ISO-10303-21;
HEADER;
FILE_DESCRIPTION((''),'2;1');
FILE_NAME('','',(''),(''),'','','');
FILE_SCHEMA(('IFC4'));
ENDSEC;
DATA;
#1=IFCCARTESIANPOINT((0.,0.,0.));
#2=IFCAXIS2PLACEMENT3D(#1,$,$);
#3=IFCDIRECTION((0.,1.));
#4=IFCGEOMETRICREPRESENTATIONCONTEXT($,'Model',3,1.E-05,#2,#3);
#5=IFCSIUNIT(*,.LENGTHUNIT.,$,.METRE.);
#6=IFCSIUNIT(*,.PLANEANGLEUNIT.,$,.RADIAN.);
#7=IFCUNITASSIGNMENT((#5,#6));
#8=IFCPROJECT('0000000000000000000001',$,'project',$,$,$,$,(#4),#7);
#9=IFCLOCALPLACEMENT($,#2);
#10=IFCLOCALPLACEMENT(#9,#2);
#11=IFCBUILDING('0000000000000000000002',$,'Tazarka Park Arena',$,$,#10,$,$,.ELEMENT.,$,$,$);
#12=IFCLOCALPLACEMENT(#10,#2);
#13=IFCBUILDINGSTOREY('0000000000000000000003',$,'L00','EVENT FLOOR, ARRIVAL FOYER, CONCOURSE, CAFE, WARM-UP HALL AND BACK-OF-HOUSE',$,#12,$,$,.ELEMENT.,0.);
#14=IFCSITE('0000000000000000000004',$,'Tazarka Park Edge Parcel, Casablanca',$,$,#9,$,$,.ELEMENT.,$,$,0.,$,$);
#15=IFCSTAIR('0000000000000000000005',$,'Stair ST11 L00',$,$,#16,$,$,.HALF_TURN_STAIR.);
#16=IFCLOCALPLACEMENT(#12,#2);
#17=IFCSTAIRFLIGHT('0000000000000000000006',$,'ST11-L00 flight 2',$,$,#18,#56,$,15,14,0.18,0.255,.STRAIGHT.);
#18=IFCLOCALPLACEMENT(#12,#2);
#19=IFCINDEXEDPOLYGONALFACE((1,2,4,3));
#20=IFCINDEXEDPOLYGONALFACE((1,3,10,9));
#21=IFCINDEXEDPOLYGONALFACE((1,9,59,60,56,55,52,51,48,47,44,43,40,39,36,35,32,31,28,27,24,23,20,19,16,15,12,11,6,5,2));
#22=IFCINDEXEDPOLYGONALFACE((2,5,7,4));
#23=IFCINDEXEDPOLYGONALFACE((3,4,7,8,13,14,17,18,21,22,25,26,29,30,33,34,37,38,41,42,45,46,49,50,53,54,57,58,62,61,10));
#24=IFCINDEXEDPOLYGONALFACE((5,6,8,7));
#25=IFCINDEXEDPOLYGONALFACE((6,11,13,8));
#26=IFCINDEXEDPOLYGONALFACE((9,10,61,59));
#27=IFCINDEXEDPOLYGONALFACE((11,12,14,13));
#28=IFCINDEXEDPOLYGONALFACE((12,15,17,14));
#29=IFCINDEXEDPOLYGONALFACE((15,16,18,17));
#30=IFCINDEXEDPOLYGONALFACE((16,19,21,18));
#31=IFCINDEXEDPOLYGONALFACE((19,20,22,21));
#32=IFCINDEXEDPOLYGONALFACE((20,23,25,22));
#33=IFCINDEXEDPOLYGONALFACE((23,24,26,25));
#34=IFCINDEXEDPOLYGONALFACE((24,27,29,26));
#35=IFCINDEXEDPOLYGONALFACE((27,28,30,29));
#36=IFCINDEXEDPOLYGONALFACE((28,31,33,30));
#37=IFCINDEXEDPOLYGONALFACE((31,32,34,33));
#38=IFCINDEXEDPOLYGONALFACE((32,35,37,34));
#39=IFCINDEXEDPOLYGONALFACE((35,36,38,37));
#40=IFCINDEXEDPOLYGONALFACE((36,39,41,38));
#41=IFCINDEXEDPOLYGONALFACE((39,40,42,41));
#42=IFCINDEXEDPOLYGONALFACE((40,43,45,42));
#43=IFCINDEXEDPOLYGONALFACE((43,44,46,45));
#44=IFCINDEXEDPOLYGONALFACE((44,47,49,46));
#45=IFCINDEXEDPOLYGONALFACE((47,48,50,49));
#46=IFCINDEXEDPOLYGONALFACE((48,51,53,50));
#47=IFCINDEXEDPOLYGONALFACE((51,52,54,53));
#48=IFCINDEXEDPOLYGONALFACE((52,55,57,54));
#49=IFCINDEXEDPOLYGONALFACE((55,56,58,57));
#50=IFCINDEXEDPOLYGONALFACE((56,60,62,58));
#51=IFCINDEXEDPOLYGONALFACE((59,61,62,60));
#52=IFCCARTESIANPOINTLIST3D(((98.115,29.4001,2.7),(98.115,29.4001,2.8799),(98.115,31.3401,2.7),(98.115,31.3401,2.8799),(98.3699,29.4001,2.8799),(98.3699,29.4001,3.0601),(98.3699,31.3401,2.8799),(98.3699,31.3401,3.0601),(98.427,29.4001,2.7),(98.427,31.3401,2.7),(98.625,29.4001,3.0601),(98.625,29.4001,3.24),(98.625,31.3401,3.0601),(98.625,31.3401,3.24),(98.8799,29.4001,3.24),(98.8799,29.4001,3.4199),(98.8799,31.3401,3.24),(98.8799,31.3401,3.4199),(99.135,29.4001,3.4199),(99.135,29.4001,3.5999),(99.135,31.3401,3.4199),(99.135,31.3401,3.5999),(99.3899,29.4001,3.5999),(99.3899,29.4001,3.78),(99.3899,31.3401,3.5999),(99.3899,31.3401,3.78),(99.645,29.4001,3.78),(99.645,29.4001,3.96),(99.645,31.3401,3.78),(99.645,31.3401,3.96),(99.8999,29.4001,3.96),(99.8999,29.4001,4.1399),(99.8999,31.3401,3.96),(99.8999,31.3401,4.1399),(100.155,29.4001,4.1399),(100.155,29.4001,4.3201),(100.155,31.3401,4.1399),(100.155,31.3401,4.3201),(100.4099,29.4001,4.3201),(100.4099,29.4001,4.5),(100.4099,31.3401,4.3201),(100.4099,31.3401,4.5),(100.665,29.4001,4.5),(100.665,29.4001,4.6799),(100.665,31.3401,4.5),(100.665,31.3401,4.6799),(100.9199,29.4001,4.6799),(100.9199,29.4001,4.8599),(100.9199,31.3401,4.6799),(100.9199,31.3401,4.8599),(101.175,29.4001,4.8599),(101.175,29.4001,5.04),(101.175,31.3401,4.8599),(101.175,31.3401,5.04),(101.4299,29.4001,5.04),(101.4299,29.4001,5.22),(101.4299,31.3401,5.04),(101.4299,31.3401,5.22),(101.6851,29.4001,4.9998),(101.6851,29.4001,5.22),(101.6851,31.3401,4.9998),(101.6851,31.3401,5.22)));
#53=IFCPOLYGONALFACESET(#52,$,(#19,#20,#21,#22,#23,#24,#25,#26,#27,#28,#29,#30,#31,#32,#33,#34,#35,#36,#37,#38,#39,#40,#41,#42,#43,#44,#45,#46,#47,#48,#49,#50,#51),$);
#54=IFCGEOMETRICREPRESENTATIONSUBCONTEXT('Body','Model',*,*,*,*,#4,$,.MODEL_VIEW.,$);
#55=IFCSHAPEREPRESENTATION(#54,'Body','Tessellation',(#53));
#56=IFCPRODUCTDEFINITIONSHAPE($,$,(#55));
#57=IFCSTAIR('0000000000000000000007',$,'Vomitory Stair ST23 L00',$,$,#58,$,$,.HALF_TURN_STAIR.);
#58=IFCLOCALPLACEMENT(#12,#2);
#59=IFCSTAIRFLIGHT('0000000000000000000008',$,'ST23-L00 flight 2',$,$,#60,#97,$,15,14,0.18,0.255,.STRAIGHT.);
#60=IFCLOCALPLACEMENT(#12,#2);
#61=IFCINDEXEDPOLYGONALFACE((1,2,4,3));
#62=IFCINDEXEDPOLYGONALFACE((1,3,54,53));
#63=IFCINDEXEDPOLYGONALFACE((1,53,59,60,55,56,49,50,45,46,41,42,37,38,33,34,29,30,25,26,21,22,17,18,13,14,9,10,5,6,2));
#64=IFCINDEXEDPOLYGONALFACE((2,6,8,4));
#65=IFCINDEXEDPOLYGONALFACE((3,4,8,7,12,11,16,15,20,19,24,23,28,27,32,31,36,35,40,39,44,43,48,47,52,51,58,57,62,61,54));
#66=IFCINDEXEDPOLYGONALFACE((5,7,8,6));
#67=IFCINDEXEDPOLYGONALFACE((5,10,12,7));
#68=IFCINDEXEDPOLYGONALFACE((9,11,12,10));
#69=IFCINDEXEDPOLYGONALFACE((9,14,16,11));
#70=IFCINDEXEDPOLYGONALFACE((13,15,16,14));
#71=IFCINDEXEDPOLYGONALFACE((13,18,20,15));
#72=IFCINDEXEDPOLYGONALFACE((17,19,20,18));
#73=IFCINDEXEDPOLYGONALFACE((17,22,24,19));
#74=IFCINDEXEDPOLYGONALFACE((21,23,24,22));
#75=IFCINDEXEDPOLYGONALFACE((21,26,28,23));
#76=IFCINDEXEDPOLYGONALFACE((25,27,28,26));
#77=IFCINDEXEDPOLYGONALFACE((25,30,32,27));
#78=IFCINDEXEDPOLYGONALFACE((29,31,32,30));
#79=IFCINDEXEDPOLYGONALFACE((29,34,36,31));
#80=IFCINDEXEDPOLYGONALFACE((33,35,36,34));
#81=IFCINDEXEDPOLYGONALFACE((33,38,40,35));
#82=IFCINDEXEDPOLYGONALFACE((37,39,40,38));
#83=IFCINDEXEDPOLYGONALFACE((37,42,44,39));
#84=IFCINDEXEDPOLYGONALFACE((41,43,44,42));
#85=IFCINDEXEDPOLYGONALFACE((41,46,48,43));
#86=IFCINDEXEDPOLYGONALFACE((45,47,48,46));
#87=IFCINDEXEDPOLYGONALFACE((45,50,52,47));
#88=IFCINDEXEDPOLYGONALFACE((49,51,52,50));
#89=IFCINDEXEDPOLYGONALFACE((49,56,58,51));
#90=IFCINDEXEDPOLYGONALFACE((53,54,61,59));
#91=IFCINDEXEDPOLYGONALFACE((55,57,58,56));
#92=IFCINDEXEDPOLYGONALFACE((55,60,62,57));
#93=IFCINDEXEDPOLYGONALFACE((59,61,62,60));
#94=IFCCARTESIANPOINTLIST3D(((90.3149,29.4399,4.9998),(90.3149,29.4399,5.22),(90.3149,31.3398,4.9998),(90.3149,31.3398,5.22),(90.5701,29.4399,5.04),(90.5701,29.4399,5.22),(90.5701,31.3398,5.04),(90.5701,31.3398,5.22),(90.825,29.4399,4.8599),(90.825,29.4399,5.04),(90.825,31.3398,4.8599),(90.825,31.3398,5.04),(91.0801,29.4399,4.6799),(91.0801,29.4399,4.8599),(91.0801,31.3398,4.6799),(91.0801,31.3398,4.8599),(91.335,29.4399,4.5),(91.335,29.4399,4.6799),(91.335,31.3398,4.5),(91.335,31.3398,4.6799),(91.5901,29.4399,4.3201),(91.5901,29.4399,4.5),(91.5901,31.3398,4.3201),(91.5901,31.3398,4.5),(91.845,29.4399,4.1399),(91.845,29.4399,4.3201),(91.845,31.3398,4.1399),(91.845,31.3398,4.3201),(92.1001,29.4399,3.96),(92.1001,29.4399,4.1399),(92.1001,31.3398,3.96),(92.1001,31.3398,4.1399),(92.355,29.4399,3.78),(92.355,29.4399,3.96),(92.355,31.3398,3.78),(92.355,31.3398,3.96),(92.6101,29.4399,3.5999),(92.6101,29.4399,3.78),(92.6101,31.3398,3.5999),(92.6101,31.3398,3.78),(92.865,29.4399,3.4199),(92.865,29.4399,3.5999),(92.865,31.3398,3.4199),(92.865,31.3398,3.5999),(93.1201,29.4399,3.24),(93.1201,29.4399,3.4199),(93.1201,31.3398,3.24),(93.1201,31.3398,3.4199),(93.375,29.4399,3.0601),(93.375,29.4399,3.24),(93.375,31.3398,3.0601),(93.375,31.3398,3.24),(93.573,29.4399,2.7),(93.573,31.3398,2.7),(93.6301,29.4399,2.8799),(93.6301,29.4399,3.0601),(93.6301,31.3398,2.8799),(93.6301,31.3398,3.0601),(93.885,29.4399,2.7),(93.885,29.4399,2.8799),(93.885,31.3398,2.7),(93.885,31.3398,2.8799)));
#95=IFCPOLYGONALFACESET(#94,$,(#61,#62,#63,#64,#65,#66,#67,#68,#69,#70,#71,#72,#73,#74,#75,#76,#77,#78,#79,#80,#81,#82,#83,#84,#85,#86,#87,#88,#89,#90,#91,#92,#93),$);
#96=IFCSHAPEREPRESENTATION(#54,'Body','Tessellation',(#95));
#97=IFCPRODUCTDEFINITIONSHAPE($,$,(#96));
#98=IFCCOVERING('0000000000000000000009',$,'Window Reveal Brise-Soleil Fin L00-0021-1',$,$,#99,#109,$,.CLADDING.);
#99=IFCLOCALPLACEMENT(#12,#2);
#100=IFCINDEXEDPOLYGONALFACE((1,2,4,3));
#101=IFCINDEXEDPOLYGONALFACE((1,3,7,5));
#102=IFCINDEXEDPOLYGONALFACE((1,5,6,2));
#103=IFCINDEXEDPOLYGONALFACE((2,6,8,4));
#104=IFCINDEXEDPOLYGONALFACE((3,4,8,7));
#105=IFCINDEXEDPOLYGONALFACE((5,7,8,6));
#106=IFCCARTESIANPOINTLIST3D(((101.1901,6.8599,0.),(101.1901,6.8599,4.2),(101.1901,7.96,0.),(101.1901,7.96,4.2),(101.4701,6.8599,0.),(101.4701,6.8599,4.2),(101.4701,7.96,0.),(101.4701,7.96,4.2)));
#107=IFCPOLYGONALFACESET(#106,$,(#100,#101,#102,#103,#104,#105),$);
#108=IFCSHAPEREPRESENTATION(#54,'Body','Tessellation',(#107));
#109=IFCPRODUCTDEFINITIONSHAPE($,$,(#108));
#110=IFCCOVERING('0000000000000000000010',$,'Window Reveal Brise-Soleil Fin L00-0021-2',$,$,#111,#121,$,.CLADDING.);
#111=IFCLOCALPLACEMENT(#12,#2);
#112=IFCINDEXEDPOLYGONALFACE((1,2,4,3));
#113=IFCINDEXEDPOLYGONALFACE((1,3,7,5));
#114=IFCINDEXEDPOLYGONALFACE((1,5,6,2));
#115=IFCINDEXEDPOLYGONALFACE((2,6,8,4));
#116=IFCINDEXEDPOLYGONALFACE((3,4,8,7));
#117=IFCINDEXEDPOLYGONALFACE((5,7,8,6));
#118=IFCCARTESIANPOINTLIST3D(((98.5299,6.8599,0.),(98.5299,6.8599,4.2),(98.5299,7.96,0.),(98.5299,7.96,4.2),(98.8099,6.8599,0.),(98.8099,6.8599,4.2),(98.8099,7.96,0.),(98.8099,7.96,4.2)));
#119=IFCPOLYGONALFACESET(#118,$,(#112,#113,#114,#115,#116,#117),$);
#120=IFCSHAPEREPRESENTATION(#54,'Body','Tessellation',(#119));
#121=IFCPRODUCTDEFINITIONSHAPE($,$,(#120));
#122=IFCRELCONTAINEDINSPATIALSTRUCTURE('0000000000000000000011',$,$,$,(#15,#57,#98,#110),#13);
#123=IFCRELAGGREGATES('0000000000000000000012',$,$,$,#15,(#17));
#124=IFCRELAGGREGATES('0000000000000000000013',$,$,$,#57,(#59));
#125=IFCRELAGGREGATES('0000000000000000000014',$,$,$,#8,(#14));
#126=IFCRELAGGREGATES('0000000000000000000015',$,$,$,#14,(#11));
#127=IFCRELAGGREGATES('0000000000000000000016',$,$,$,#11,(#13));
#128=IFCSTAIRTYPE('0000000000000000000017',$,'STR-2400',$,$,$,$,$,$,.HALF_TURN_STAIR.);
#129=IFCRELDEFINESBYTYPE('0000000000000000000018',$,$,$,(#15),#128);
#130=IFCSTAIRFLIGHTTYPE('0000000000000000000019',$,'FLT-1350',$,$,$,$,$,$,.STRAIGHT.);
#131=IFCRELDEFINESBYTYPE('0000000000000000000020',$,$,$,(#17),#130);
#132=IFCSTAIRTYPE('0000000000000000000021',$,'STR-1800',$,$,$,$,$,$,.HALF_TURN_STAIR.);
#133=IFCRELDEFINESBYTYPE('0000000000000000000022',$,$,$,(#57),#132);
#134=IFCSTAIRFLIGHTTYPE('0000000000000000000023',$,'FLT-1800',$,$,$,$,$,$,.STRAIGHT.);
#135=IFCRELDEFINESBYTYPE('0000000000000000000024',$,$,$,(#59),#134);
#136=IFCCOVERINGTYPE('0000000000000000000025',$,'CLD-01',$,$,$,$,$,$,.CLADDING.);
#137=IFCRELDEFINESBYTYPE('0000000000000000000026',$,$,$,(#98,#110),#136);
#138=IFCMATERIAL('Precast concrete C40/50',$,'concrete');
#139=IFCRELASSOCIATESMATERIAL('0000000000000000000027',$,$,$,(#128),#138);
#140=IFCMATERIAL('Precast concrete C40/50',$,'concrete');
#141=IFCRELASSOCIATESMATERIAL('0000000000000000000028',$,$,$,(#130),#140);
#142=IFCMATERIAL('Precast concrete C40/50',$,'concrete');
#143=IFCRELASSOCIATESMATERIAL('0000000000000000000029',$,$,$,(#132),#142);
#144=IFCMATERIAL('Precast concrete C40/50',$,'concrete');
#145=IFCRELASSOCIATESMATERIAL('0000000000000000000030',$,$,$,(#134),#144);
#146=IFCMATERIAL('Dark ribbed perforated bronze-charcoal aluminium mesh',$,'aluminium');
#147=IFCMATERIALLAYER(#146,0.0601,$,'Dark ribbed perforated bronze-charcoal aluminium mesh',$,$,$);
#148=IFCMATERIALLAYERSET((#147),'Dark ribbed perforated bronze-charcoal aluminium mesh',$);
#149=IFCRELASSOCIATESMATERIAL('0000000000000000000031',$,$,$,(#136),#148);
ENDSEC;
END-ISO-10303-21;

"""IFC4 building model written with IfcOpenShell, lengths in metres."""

from ifc_helpers import new_model, si_unit, direction, frame, origin, origin_2d, place, context, subcontext, project, spatial, polyline, rectangle, outline, extrude, material, layer, layer_set, type_object, element, aggregate, save


model = new_model("IFC4")

# Units and contexts
model_context = context("Model", 3, precision=1e-05, world=origin(), true_north=direction((0.0, 1.0)))
body_context = subcontext(model_context, "Body", "Model", "MODEL_VIEW")
ifc_project = project(units=[si_unit("LENGTHUNIT", "METRE"), si_unit("PLANEANGLEUNIT", "RADIAN")], contexts=[model_context])

# Site, building, storey
site_placement = place(None, origin())
site = spatial("IfcSite", under=ifc_project, at=site_placement, Name="Tazarka Park Edge Parcel, Casablanca", CompositionType="ELEMENT", RefElevation=0.0)
building_placement = place(site_placement, origin())
building = spatial("IfcBuilding", under=site, at=building_placement, Name="Tazarka Park Arena", CompositionType="ELEMENT")
storey_placement = place(building_placement, origin())
storey = spatial("IfcBuildingStorey", under=building, at=storey_placement, Name="L00", Description="EVENT FLOOR, ARRIVAL FOYER, CONCOURSE, CAFE, WARM-UP HALL AND BACK-OF-HOUSE", CompositionType="ELEMENT", Elevation=0.0)

# Stair, stair flight
ifc_material_1 = material(Name="Precast concrete C40/50", Category="concrete")
stair_type_1 = type_object("IfcStairType", Name="STR-2400", PredefinedType="HALF_TURN_STAIR", material=ifc_material_1)
stair_1_placement = place(storey_placement, origin())
stair_1 = element("IfcStair", 1, at=stair_1_placement, inside=storey, type_object=stair_type_1, Name="Stair ST11 L00", PredefinedType="HALF_TURN_STAIR")
ifc_material_2 = material(Name="Precast concrete C40/50", Category="concrete")
stair_flight_type_1 = type_object("IfcStairFlightType", Name="FLT-1350", PredefinedType="STRAIGHT", material=ifc_material_2)
stair_flight_1_placement = place(storey_placement, frame((98.115, 30.3701, 2.7), z_axis=(0.0, 0.0, 1.0), x_axis=(1.0, 0.0, 0.0)))
stair_flight_1 = element("IfcStairFlight", 2, at=stair_flight_1_placement, type_object=stair_flight_type_1, Name="ST11-L00 flight 2", NumberOfRisers=15, NumberOfTreads=14, PredefinedType="STRAIGHT", RiserHeight=0.18, TreadLength=0.255, context=body_context, shape_type="SweptSolid", body=[
    extrude(outline(polyline([(0.0, 0.0), (0.0, 0.1799), (0.2549, 0.1799), (0.2549, 0.3601), (0.51, 0.3601), (0.51, 0.54), (0.7649, 0.54), (0.7649, 0.72), (1.02, 0.72), (1.02, 0.8999), (1.2749, 0.8999), (1.2749, 1.0801), (1.53, 1.0801), (1.53, 1.26), (1.7849, 1.26), (1.7849, 1.4399), (2.04, 1.4399), (2.04, 1.6201), (2.2949, 1.6201), (2.2949, 1.8), (2.55, 1.8), (2.55, 1.98), (2.8049, 1.98), (2.8049, 2.1599), (3.0601, 2.1599), (3.0601, 2.3401), (3.3149, 2.3401), (3.3149, 2.52), (3.5701, 2.52), (3.5701, 2.7), (3.5701, 2.2998), (0.312, 0.0), (0.0, 0.0)])), frame((0.0, 0.97, 0.0), z_axis=(0.0, -1.0, 0.0), x_axis=(1.0, 0.0, 0.0)), (0.0, 0.0, 1.0), 1.9399),
])
aggregate(stair_1, [stair_flight_1])

# Stair, stair flight
ifc_material_3 = material(Name="Precast concrete C40/50", Category="concrete")
stair_type_2 = type_object("IfcStairType", Name="STR-1800", PredefinedType="HALF_TURN_STAIR", material=ifc_material_3)
stair_2_placement = place(storey_placement, origin())
stair_2 = element("IfcStair", 3, at=stair_2_placement, inside=storey, type_object=stair_type_2, Name="Vomitory Stair ST23 L00", PredefinedType="HALF_TURN_STAIR")
ifc_material_4 = material(Name="Precast concrete C40/50", Category="concrete")
stair_flight_type_2 = type_object("IfcStairFlightType", Name="FLT-1800", PredefinedType="STRAIGHT", material=ifc_material_4)
stair_flight_2_placement = place(storey_placement, frame((93.885, 30.3899, 2.7), z_axis=(0.0, 0.0, 1.0), x_axis=(-1.0, 0.0, 0.0)))
stair_flight_2 = element("IfcStairFlight", 4, at=stair_flight_2_placement, type_object=stair_flight_type_2, Name="ST23-L00 flight 2", NumberOfRisers=15, NumberOfTreads=14, PredefinedType="STRAIGHT", RiserHeight=0.18, TreadLength=0.255, context=body_context, shape_type="SweptSolid", body=[
    extrude(outline(polyline([(0.0, 0.0), (0.0, 0.1799), (0.2549, 0.1799), (0.2549, 0.3601), (0.51, 0.3601), (0.51, 0.54), (0.7649, 0.54), (0.7649, 0.72), (1.02, 0.72), (1.02, 0.8999), (1.2749, 0.8999), (1.2749, 1.0801), (1.53, 1.0801), (1.53, 1.26), (1.7849, 1.26), (1.7849, 1.4399), (2.04, 1.4399), (2.04, 1.6201), (2.2949, 1.6201), (2.2949, 1.8), (2.55, 1.8), (2.55, 1.98), (2.8049, 1.98), (2.8049, 2.1599), (3.0601, 2.1599), (3.0601, 2.3401), (3.3149, 2.3401), (3.3149, 2.52), (3.5701, 2.52), (3.5701, 2.7), (3.5701, 2.2998), (0.312, 0.0), (0.0, 0.0)])), frame((0.0, 0.95, 0.0), z_axis=(0.0, -1.0, 0.0), x_axis=(1.0, 0.0, 0.0)), (0.0, 0.0, 1.0), 1.8999),
])
aggregate(stair_2, [stair_flight_2])

# Coverings
ifc_material_5 = material(Name="Dark ribbed perforated bronze-charcoal aluminium mesh", Category="aluminium")
ifc_layer_1 = layer(ifc_material_5, 0.0601, Name="Dark ribbed perforated bronze-charcoal aluminium mesh")
ifc_layer_set_1 = layer_set([ifc_layer_1], Name="Dark ribbed perforated bronze-charcoal aluminium mesh")
covering_type = type_object("IfcCoveringType", Name="CLD-01", PredefinedType="CLADDING", material=ifc_layer_set_1)
for number, where, z_axis, x_axis, name in (
    (5, (101.3301, 7.4099, 0.0), (0.0, 0.0, 1.0), (-1.0, 0.0, 0.0), "Window Reveal Brise-Soleil Fin L00-0021-1"),
    (6, (98.6699, 7.4099, 0.0), (0.0, 0.0, 1.0), (-1.0, 0.0, 0.0), "Window Reveal Brise-Soleil Fin L00-0021-2"),
):
    element("IfcCovering", number, at=place(storey_placement, frame(where, z_axis=z_axis, x_axis=x_axis)), inside=storey, type_object=covering_type, Name=name, PredefinedType="CLADDING", context=body_context, shape_type="SweptSolid", body=[
        extrude(rectangle(XDim=0.28, YDim=1.1001, at=origin_2d()), origin(), (0.0, 0.0, 1.0), 4.2),
    ])

save(model, "model.ifc")
